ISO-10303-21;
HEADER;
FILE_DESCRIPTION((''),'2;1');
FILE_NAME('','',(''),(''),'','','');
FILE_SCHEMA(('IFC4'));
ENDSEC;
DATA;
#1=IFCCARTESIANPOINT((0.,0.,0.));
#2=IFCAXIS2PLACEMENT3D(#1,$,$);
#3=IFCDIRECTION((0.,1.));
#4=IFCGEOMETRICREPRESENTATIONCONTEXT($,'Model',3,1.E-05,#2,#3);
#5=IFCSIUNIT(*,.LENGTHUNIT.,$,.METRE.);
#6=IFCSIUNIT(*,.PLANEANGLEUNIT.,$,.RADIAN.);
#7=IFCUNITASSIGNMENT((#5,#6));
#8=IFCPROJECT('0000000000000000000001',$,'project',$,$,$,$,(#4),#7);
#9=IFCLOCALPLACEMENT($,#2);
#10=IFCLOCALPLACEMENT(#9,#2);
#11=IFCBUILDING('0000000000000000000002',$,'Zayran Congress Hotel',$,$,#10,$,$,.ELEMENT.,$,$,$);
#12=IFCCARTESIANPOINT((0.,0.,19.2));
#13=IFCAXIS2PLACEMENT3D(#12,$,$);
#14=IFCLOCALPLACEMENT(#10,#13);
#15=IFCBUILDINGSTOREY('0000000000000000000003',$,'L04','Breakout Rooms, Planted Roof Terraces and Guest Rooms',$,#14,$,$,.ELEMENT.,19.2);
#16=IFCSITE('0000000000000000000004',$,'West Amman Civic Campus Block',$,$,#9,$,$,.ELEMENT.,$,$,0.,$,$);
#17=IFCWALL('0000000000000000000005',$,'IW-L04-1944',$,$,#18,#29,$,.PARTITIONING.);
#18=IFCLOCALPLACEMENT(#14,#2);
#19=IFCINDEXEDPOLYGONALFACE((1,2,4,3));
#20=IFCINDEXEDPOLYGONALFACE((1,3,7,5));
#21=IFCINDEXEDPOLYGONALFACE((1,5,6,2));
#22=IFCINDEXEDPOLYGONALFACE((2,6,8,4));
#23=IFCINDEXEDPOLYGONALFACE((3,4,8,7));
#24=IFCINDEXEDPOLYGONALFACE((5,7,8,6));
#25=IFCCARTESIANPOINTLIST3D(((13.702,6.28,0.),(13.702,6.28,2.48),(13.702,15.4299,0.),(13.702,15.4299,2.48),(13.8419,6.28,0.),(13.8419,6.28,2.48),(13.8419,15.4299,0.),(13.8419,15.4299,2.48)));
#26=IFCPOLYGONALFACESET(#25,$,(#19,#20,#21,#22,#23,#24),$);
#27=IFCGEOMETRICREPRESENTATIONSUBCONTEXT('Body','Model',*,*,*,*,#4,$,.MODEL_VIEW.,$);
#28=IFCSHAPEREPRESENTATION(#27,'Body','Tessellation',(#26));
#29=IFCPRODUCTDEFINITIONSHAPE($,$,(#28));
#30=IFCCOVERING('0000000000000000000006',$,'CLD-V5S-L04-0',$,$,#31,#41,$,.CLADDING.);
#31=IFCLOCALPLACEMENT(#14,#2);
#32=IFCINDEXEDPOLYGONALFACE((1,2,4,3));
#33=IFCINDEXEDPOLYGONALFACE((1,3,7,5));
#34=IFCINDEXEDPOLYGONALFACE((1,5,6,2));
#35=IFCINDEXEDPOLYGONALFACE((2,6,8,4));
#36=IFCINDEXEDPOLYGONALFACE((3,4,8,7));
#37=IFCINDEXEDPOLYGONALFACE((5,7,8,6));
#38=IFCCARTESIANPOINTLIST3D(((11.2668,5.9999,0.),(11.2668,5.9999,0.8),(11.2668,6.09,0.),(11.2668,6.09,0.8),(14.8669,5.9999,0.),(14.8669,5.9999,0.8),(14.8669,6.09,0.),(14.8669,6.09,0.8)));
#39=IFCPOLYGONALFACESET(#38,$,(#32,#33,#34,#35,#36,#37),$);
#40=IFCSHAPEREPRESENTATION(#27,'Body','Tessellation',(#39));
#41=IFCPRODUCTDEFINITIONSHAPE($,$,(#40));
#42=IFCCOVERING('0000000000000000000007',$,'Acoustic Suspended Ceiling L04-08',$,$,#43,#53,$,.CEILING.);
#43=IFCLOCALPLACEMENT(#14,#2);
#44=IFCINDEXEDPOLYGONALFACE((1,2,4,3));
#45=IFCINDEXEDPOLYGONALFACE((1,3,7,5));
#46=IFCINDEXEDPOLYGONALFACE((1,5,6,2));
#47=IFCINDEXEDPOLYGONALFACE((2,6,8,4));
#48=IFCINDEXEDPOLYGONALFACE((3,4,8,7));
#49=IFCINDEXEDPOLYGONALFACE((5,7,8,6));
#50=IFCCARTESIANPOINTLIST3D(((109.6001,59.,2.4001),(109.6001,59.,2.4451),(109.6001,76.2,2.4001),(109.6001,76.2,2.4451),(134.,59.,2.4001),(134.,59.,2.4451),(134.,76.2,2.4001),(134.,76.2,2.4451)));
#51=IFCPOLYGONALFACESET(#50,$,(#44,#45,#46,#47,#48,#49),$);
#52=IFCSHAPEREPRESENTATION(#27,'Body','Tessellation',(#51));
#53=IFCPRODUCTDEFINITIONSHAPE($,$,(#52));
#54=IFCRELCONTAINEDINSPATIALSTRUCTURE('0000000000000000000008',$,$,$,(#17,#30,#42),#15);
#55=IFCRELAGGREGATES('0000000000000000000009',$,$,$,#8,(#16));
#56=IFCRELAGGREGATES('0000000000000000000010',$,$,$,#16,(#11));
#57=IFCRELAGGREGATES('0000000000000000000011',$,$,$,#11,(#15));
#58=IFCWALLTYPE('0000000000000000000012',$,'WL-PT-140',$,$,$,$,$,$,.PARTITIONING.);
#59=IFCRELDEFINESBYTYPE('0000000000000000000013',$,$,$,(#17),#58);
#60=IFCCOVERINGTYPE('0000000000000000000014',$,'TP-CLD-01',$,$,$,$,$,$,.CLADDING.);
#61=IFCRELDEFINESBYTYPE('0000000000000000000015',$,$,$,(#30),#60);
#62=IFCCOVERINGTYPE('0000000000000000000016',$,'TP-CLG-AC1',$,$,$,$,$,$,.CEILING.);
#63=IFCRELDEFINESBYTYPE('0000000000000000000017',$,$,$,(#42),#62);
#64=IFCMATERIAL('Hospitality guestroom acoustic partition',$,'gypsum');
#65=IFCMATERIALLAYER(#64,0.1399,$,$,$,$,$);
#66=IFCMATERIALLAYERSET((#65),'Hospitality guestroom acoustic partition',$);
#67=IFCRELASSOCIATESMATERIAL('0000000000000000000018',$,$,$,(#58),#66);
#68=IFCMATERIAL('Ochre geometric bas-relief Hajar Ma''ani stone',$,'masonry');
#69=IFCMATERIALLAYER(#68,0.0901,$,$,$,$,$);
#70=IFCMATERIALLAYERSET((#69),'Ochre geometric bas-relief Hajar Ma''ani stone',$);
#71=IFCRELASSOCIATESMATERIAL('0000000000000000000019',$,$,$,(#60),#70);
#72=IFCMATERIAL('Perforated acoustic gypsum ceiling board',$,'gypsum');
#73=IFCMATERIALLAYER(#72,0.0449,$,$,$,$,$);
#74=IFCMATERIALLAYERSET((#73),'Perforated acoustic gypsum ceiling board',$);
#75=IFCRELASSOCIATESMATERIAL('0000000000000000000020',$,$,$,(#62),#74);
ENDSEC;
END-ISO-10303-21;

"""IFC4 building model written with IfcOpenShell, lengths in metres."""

from ifc_helpers import new_model, si_unit, direction, frame, frame_2d, origin, origin_2d, place, context, subcontext, project, spatial, polyline, rectangle, outline, extrude, material, layer, layer_set, type_object, element, save


model = new_model("IFC4")

# Units and contexts
model_context = context("Model", 3, precision=1e-05, world=origin(), true_north=direction((0.0, 1.0)))
body_context = subcontext(model_context, "Body", "Model", "MODEL_VIEW")
ifc_project = project(units=[si_unit("LENGTHUNIT", "METRE"), si_unit("PLANEANGLEUNIT", "RADIAN")], contexts=[model_context])

# Site, building, storey
site_placement = place(None, origin())
site = spatial("IfcSite", under=ifc_project, at=site_placement, Name="West Amman Civic Campus Block", CompositionType="ELEMENT", RefElevation=0.0)
building_placement = place(site_placement, origin())
building = spatial("IfcBuilding", under=site, at=building_placement, Name="Zayran Congress Hotel", CompositionType="ELEMENT")
storey_placement = place(building_placement, frame((0.0, 0.0, 19.2)))
storey = spatial("IfcBuildingStorey", under=building, at=storey_placement, Name="L04", Description="Breakout Rooms, Planted Roof Terraces and Guest Rooms", CompositionType="ELEMENT", Elevation=19.2)

# Wall
ifc_material_1 = material(Name="Hospitality guestroom acoustic partition", Category="gypsum")
ifc_layer_1 = layer(ifc_material_1, 0.1399)
ifc_layer_set_1 = layer_set([ifc_layer_1], Name="Hospitality guestroom acoustic partition")
wall_type_1 = type_object("IfcWallType", Name="WL-PT-140", PredefinedType="PARTITIONING", material=ifc_layer_set_1)
wall_1_placement = place(storey_placement, frame((13.772, 6.28, 0.0), z_axis=(0.0, 0.0, 1.0), x_axis=(0.0, 1.0, 0.0)))
element("IfcWall", 1, at=wall_1_placement, inside=storey, type_object=wall_type_1, Name="IW-L04-1944", PredefinedType="PARTITIONING", context=body_context, shape_type="SweptSolid", body=[
    extrude(rectangle(XDim=9.1499, YDim=0.1399, at=frame_2d((4.575, 0.0))), origin(), (0.0, 0.0, 1.0), 2.48),
])

# Coverings
ifc_material_2 = material(Name="Ochre geometric bas-relief Hajar Ma'ani stone", Category="masonry")
ifc_layer_2 = layer(ifc_material_2, 0.0901)
ifc_layer_set_2 = layer_set([ifc_layer_2], Name="Ochre geometric bas-relief Hajar Ma'ani stone")
covering_type_1 = type_object("IfcCoveringType", Name="TP-CLD-01", PredefinedType="CLADDING", material=ifc_layer_set_2)
covering_1_placement = place(storey_placement, frame((13.0669, 6.0449, 0.0), z_axis=(0.0, 0.0, 1.0), x_axis=(1.0, 0.0, 0.0)))
element("IfcCovering", 2, at=covering_1_placement, inside=storey, type_object=covering_type_1, Name="CLD-V5S-L04-0", PredefinedType="CLADDING", context=body_context, shape_type="SweptSolid", body=[
    extrude(rectangle(XDim=3.6001, YDim=0.0901, at=origin_2d()), origin(), (0.0, 0.0, 1.0), 0.8),
])
ifc_material_3 = material(Name="Perforated acoustic gypsum ceiling board", Category="gypsum")
ifc_layer_3 = layer(ifc_material_3, 0.0449)
ifc_layer_set_3 = layer_set([ifc_layer_3], Name="Perforated acoustic gypsum ceiling board")
covering_type_2 = type_object("IfcCoveringType", Name="TP-CLG-AC1", PredefinedType="CEILING", material=ifc_layer_set_3)
covering_2_placement = place(storey_placement, frame((0.0, 0.0, 2.4001)))
element("IfcCovering", 3, at=covering_2_placement, inside=storey, type_object=covering_type_2, Name="Acoustic Suspended Ceiling L04-08", PredefinedType="CEILING", context=body_context, shape_type="SweptSolid", body=[
    extrude(outline(polyline([(109.6001, 59.0), (134.0, 59.0), (134.0, 76.2), (109.6001, 76.2), (109.6001, 59.0)])), origin(), (0.0, 0.0, 1.0), 0.0449),
])

save(model, "model.ifc")
